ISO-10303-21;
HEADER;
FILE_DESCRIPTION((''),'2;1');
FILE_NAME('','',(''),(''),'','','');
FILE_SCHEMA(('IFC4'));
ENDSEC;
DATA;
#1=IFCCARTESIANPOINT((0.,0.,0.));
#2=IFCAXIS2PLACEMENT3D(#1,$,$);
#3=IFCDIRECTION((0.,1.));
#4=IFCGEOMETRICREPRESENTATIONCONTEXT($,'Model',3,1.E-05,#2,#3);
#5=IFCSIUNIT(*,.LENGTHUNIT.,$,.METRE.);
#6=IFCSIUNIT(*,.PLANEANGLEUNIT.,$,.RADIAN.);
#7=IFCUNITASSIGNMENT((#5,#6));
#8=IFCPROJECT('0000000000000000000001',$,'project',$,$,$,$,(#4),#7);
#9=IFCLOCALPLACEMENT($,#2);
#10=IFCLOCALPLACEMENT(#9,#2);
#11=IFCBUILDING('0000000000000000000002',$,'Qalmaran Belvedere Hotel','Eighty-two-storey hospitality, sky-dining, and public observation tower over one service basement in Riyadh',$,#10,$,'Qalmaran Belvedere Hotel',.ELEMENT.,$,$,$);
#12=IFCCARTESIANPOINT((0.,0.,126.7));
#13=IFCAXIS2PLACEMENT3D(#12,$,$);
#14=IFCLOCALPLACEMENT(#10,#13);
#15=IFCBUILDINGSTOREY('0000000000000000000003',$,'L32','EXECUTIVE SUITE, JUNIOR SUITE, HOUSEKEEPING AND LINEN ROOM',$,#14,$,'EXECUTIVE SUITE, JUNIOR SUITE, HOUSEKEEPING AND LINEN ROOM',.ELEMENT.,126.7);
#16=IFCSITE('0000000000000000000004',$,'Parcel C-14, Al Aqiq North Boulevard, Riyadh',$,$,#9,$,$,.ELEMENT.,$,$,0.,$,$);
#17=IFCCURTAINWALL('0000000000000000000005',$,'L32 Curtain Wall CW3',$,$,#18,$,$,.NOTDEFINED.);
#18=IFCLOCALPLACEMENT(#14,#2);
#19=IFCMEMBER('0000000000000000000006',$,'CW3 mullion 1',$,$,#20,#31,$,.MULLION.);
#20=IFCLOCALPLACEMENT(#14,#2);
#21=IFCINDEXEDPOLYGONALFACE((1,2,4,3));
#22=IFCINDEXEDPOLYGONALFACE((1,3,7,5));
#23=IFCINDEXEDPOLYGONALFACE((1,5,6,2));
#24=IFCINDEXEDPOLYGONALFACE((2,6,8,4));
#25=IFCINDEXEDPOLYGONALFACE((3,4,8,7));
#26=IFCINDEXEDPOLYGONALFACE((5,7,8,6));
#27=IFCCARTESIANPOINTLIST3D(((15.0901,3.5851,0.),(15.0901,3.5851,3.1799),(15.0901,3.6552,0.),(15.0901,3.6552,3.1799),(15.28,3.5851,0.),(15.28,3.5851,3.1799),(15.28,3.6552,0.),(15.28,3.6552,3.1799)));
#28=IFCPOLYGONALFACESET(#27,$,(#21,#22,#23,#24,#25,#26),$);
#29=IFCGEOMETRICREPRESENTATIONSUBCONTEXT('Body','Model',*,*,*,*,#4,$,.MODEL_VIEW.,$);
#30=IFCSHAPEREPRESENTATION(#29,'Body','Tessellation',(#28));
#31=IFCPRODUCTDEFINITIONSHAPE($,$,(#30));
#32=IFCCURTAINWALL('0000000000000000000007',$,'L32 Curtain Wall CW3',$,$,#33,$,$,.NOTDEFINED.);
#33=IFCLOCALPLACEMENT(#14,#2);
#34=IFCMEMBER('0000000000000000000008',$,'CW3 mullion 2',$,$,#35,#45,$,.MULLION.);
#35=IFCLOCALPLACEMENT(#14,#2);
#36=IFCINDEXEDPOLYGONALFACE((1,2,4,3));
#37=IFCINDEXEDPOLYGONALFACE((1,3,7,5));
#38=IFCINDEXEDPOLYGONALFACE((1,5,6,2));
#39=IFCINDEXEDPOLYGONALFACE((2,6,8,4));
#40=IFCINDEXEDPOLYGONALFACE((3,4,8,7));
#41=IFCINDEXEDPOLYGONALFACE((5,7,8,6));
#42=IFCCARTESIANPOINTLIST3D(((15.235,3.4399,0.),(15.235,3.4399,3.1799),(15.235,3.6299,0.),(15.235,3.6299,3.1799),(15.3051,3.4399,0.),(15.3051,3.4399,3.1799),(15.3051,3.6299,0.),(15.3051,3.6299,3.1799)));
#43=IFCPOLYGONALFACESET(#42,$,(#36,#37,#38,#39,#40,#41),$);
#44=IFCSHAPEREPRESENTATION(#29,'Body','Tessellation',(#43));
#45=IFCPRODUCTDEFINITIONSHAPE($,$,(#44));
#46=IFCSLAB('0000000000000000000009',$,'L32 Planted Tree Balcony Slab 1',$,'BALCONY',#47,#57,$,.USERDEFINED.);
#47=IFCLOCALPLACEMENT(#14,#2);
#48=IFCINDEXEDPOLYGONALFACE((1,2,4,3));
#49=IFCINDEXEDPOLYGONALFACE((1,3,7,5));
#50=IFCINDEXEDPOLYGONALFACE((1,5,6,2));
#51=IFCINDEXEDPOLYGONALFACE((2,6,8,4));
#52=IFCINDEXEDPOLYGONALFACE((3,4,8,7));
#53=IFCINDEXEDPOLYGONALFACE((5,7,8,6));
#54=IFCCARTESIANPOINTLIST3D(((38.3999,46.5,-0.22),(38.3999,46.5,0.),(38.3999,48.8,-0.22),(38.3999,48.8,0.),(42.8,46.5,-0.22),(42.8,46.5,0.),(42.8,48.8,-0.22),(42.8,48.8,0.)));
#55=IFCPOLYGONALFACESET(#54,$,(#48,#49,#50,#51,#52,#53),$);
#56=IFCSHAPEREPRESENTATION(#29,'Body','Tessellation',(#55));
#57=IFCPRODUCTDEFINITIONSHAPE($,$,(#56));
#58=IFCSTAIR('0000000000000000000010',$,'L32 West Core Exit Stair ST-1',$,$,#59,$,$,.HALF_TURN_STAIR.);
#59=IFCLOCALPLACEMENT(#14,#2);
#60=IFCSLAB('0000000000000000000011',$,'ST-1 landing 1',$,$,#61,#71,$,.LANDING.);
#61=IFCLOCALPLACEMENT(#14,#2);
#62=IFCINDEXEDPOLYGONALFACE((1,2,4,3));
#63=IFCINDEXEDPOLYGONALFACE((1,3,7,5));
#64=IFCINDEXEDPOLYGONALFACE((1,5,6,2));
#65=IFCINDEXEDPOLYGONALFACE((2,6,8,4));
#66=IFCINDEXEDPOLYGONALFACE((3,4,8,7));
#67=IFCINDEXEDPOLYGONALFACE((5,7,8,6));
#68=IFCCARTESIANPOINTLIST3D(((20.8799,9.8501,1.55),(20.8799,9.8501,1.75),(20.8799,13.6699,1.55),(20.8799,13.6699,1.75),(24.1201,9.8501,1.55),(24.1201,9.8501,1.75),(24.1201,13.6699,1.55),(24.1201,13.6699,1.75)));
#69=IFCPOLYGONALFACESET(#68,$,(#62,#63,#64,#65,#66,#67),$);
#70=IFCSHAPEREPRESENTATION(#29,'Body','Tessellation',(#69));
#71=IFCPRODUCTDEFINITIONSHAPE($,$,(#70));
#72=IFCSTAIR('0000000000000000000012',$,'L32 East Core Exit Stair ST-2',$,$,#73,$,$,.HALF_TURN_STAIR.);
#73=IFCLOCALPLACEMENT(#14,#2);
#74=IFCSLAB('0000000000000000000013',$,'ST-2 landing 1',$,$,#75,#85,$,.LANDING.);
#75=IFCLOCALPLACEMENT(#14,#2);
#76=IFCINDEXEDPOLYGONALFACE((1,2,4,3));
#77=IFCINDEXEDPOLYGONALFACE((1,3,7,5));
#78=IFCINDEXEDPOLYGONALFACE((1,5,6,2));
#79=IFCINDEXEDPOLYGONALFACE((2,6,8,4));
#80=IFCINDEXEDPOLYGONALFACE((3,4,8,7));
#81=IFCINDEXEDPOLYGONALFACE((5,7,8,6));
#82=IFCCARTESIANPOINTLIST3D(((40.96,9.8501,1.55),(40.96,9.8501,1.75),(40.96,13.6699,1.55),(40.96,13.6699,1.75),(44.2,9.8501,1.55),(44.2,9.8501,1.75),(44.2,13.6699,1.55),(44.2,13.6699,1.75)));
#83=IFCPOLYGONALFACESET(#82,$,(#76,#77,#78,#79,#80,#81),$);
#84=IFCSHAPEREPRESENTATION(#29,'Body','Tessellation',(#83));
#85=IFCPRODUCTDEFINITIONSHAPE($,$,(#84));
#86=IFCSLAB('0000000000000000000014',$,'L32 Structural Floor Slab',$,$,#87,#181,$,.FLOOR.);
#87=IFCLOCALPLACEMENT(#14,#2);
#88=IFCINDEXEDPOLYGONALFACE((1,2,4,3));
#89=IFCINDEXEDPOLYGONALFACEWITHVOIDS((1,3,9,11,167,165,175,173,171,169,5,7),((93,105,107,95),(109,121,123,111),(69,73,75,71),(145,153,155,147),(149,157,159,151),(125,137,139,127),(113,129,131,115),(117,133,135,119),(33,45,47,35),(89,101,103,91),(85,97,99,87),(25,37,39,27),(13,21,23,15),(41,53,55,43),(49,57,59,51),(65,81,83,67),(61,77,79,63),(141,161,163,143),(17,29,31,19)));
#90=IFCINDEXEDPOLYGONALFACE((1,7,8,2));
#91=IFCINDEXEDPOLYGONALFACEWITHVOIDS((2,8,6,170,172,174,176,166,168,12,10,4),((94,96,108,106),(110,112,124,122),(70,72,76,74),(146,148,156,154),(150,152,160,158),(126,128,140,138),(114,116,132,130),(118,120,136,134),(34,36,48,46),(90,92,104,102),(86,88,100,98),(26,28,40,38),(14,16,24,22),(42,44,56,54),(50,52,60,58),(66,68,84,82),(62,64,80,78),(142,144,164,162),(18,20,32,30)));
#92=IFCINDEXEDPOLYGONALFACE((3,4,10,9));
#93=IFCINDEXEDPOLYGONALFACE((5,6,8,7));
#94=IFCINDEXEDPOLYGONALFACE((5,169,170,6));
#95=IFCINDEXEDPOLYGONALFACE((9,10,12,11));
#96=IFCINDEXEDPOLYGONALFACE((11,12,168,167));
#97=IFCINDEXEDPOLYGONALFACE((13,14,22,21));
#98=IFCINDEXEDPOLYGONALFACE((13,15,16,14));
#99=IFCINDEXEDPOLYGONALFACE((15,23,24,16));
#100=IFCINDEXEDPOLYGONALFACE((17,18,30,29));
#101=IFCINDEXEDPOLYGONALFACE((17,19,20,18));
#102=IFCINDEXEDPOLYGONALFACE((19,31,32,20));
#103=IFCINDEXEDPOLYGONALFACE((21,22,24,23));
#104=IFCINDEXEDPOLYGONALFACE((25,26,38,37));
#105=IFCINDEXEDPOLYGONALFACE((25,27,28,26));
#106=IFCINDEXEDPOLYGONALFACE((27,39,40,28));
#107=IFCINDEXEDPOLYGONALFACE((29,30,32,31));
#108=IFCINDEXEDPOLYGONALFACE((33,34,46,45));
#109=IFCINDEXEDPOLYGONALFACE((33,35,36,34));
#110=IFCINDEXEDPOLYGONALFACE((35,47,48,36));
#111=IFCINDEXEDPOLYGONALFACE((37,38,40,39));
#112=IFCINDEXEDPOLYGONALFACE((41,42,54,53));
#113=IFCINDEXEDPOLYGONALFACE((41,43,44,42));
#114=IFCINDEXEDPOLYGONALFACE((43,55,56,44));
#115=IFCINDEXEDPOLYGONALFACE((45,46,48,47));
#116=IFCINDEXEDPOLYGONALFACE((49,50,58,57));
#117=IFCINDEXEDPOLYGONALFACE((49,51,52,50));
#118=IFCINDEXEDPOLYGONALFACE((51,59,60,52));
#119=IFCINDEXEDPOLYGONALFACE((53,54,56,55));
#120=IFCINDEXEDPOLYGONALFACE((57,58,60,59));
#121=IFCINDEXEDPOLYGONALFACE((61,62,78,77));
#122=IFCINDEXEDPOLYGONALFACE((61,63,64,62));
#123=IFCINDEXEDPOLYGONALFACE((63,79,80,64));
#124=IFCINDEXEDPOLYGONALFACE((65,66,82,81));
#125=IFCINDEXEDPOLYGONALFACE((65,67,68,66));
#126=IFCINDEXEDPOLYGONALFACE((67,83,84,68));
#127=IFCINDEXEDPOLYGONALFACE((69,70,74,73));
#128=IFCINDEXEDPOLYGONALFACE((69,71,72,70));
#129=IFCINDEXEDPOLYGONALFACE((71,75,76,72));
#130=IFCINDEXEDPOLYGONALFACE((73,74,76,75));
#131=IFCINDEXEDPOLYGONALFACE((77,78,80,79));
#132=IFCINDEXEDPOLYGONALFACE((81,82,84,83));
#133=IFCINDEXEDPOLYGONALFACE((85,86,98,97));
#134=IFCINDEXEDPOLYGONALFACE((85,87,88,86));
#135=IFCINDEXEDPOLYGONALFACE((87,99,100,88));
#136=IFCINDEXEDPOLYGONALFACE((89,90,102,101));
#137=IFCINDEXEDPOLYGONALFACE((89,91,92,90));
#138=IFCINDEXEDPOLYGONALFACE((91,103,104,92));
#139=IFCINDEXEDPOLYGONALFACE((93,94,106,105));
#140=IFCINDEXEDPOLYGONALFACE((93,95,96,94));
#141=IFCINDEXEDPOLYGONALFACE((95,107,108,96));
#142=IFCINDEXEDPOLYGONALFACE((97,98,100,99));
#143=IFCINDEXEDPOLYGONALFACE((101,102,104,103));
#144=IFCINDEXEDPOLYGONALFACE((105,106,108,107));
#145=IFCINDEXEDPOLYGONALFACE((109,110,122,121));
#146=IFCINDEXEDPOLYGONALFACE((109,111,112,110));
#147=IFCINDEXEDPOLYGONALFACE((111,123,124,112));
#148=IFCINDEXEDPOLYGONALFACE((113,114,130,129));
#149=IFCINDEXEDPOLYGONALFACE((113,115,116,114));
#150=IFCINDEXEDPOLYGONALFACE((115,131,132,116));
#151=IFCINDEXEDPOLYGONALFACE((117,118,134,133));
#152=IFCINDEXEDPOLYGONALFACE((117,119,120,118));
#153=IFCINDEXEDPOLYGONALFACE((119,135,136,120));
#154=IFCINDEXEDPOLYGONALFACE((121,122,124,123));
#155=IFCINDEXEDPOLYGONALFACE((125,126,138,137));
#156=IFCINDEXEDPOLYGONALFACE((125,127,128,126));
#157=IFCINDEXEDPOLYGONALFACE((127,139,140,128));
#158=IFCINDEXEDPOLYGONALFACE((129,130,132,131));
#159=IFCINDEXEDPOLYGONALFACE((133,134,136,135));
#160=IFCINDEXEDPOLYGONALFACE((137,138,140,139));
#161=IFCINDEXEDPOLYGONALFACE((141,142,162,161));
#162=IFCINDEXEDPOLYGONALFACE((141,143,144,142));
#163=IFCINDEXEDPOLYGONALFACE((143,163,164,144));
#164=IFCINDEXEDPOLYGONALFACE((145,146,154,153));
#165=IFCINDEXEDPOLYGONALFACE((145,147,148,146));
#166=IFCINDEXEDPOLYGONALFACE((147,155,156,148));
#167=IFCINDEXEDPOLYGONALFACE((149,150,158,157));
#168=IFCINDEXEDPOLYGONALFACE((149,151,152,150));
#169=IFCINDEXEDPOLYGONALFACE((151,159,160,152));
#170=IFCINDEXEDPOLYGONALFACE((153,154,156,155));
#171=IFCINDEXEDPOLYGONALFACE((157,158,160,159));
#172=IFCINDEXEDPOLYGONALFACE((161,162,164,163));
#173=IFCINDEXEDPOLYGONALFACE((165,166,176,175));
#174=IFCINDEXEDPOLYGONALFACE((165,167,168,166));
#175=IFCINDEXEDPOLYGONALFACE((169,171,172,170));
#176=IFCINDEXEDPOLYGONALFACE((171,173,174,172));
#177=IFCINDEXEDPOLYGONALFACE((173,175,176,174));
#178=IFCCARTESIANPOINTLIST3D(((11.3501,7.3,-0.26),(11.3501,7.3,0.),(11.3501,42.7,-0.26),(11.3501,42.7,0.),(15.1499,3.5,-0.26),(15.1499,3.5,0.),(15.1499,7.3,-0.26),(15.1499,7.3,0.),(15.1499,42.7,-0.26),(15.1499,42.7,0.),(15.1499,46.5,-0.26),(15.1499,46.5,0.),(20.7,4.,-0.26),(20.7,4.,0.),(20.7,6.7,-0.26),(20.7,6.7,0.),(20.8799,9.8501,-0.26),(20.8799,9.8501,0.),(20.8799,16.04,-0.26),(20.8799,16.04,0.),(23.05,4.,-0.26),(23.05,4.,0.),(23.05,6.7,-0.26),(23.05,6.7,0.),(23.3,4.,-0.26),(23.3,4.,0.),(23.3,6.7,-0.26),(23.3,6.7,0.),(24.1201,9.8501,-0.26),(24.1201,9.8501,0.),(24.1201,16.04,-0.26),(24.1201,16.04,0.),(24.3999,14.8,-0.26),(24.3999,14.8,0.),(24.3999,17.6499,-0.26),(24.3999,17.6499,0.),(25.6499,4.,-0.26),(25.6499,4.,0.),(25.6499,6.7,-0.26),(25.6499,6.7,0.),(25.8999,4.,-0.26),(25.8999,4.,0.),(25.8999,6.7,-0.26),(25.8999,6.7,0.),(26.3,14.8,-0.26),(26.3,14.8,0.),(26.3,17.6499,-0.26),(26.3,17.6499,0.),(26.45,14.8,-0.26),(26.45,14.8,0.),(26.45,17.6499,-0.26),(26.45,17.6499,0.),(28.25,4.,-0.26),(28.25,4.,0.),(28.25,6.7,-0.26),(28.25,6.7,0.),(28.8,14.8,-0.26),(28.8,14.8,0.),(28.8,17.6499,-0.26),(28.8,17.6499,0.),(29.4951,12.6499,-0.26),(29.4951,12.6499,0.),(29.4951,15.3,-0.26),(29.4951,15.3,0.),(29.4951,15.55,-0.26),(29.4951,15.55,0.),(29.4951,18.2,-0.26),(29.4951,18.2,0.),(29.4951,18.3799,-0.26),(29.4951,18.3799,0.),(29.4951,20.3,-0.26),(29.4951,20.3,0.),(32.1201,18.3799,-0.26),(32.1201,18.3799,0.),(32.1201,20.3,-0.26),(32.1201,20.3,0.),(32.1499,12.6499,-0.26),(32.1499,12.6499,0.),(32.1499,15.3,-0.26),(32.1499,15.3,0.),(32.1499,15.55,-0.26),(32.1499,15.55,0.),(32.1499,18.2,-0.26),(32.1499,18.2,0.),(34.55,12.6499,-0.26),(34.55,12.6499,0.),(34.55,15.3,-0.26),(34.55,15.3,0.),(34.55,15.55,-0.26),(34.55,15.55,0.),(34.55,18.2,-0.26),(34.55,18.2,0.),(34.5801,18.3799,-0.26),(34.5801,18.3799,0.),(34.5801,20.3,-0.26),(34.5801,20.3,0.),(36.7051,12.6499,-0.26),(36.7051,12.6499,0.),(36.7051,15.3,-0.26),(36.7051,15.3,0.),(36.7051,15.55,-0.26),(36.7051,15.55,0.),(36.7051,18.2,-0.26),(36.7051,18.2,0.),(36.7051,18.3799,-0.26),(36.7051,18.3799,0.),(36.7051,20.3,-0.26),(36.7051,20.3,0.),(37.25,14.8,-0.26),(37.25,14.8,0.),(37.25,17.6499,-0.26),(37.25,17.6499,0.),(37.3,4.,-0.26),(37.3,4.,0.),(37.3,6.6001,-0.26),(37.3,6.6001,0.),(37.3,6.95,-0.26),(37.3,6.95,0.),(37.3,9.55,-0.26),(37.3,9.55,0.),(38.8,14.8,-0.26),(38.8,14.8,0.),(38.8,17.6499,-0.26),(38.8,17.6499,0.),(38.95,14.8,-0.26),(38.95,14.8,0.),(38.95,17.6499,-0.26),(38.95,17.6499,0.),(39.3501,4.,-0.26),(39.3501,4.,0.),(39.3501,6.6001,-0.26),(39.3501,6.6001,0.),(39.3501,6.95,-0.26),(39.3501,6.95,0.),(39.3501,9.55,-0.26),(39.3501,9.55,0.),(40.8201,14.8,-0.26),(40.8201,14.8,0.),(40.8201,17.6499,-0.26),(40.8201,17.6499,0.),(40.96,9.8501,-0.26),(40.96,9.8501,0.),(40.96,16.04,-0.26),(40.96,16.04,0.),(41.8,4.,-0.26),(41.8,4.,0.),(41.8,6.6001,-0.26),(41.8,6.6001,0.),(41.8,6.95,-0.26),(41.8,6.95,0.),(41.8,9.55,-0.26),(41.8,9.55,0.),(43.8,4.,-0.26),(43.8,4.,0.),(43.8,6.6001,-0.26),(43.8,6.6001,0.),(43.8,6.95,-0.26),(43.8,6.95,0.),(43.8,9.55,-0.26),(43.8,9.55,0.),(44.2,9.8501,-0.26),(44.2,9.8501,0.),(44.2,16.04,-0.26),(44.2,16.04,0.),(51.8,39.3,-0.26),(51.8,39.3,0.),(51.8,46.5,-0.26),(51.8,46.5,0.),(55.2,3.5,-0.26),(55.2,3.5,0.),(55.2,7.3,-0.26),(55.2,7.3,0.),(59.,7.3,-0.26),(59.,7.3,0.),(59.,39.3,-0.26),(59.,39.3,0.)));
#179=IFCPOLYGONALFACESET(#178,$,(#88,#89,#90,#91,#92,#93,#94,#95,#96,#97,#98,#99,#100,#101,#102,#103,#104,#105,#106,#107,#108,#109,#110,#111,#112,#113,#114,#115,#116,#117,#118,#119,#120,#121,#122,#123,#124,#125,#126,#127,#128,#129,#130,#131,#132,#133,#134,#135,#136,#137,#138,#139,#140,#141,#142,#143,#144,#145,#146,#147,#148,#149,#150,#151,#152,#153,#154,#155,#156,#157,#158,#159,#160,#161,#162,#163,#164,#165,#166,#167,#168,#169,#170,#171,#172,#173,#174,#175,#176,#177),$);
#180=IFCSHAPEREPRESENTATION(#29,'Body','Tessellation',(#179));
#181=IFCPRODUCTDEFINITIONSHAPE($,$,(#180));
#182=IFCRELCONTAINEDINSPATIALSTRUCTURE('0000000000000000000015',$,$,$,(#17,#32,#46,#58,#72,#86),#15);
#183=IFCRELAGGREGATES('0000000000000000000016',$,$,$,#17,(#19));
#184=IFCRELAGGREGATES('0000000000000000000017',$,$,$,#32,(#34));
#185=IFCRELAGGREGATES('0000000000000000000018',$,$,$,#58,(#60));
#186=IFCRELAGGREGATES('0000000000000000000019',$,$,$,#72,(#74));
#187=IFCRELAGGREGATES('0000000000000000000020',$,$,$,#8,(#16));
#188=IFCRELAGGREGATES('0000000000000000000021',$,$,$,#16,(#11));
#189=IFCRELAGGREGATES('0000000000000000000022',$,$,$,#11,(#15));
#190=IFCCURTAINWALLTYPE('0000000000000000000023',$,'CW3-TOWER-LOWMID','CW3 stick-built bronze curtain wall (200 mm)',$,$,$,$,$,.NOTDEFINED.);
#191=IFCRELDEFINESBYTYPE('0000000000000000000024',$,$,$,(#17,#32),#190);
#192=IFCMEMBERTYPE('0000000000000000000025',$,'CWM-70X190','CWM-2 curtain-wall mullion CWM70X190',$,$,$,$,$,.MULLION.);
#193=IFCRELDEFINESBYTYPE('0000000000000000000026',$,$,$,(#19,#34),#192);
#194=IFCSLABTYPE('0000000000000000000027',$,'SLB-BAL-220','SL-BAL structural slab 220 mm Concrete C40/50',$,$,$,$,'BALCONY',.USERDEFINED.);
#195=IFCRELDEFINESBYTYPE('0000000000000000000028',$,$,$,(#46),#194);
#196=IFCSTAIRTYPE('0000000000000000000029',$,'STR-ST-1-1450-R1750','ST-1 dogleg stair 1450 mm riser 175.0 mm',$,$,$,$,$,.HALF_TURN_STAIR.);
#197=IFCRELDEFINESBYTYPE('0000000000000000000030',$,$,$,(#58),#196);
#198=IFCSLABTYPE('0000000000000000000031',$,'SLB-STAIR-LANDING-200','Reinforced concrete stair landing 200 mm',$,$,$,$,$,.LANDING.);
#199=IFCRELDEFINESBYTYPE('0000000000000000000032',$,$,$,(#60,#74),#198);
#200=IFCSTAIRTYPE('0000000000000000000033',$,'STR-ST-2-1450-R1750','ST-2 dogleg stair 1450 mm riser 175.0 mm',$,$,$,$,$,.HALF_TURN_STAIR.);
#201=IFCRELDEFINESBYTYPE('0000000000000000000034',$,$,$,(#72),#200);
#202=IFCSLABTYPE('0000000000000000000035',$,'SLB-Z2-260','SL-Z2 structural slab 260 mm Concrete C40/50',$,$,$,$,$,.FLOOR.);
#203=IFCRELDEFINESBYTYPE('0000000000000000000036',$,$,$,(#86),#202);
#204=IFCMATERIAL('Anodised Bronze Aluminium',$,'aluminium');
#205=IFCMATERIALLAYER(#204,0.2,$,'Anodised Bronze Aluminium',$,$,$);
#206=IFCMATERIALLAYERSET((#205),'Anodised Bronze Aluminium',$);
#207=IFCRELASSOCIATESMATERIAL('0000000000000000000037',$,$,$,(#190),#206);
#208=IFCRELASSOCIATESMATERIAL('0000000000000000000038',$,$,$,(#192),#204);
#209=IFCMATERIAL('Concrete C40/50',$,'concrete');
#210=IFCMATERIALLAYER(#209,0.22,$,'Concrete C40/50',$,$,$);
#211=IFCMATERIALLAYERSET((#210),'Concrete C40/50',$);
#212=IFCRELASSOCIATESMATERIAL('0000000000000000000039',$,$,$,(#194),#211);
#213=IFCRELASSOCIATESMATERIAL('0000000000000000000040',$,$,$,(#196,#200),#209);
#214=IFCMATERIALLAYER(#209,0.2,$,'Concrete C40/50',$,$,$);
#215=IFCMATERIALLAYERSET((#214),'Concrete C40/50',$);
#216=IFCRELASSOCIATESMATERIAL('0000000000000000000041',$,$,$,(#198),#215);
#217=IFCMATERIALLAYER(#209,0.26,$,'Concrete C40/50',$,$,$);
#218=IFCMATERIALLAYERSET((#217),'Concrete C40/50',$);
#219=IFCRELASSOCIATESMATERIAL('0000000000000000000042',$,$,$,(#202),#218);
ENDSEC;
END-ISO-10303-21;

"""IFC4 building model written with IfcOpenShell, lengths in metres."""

from ifc_helpers import new_model, si_unit, direction, frame, origin, origin_2d, place, context, subcontext, project, spatial, polyline, rectangle, outline, extrude, material, layer, layer_set, material_profile, profile_set, type_object, element, aggregate, save


model = new_model("IFC4")

# Units and contexts
model_context = context("Model", 3, precision=1e-05, world=origin(), true_north=direction((0.0, 1.0)))
body_context = subcontext(model_context, "Body", "Model", "MODEL_VIEW")
ifc_project = project(units=[si_unit("LENGTHUNIT", "METRE"), si_unit("PLANEANGLEUNIT", "RADIAN")], contexts=[model_context])

# Site, building, storey
site_placement = place(None, origin())
site = spatial("IfcSite", under=ifc_project, at=site_placement, Name="Parcel C-14, Al Aqiq North Boulevard, Riyadh", CompositionType="ELEMENT", RefElevation=0.0)
building_placement = place(site_placement, origin())
building = spatial("IfcBuilding", under=site, at=building_placement, Name="Qalmaran Belvedere Hotel", Description="Eighty-two-storey hospitality, sky-dining, and public observation tower over one service basement in Riyadh", LongName="Qalmaran Belvedere Hotel", CompositionType="ELEMENT")
storey_placement = place(building_placement, frame((0.0, 0.0, 126.7)))
storey = spatial("IfcBuildingStorey", under=building, at=storey_placement, Name="L32", Description="EXECUTIVE SUITE, JUNIOR SUITE, HOUSEKEEPING AND LINEN ROOM", LongName="EXECUTIVE SUITE, JUNIOR SUITE, HOUSEKEEPING AND LINEN ROOM", CompositionType="ELEMENT", Elevation=126.7)

# Curtain walls, members
ifc_material_1 = material(Name="Anodised Bronze Aluminium", Category="aluminium")
ifc_layer_1 = layer(ifc_material_1, 0.2, Name="Anodised Bronze Aluminium")
ifc_layer_set_1 = layer_set([ifc_layer_1], Name="Anodised Bronze Aluminium")
curtain_wall_type = type_object("IfcCurtainWallType", Name="CW3-TOWER-LOWMID", Description="CW3 stick-built bronze curtain wall (200 mm)", PredefinedType="NOTDEFINED", material=ifc_layer_set_1)
curtain_wall_1_placement = place(storey_placement, origin())
curtain_wall_1 = element("IfcCurtainWall", 1, at=curtain_wall_1_placement, inside=storey, type_object=curtain_wall_type, Name="L32 Curtain Wall CW3", PredefinedType="NOTDEFINED")
ifc_material_profile = material_profile(ifc_material_1, rectangle(XDim=0.0701, YDim=0.1899, at=origin_2d()), Name="CWM70X190")
ifc_profile_set = profile_set([ifc_material_profile], Name="Anodised Bronze Aluminium")
member_type = type_object("IfcMemberType", Name="CWM-70X190", Description="CWM-2 curtain-wall mullion CWM70X190", PredefinedType="MULLION", material=ifc_profile_set)
member_1_placement = place(storey_placement, frame((15.1851, 3.6201, 0.0), z_axis=(0.0, 0.0, 1.0), x_axis=(0.0, 1.0, 0.0)))
member_1 = element("IfcMember", 2, at=member_1_placement, type_object=member_type, Name="CW3 mullion 1", PredefinedType="MULLION", context=body_context, shape_type="SweptSolid", body=[
    extrude(rectangle(XDim=0.0701, YDim=0.1899, at=origin_2d()), origin(), (0.0, 0.0, 1.0), 3.1799),
])
aggregate(curtain_wall_1, [member_1])
curtain_wall_2_placement = place(storey_placement, origin())
curtain_wall_2 = element("IfcCurtainWall", 3, at=curtain_wall_2_placement, inside=storey, type_object=curtain_wall_type, Name="L32 Curtain Wall CW3", PredefinedType="NOTDEFINED")
member_2_placement = place(storey_placement, frame((15.27, 3.5349, 0.0), z_axis=(0.0, 0.0, 1.0), x_axis=(1.0, 0.0, 0.0)))
member_2 = element("IfcMember", 4, at=member_2_placement, type_object=member_type, Name="CW3 mullion 2", PredefinedType="MULLION", context=body_context, shape_type="SweptSolid", body=[
    extrude(rectangle(XDim=0.0701, YDim=0.1899, at=origin_2d()), origin(), (0.0, 0.0, 1.0), 3.1799),
])
aggregate(curtain_wall_2, [member_2])

# Slab
ifc_material_2 = material(Name="Concrete C40/50", Category="concrete")
ifc_layer_2 = layer(ifc_material_2, 0.22, Name="Concrete C40/50")
ifc_layer_set_2 = layer_set([ifc_layer_2], Name="Concrete C40/50")
slab_type_1 = type_object("IfcSlabType", Name="SLB-BAL-220", Description="SL-BAL structural slab 220 mm Concrete C40/50", ElementType="BALCONY", PredefinedType="USERDEFINED", material=ifc_layer_set_2)
slab_1_placement = place(storey_placement, frame((0.0, 0.0, -0.22)))
element("IfcSlab", 5, at=slab_1_placement, inside=storey, type_object=slab_type_1, Name="L32 Planted Tree Balcony Slab 1", ObjectType="BALCONY", PredefinedType="USERDEFINED", context=body_context, shape_type="SweptSolid", body=[
    extrude(outline(polyline([(38.3999, 46.5), (42.8, 46.5), (42.8, 48.8), (38.3999, 48.8), (38.3999, 46.5)])), origin(), (0.0, 0.0, 1.0), 0.22),
])

# Stairs, slabs
stair_type_1 = type_object("IfcStairType", Name="STR-ST-1-1450-R1750", Description="ST-1 dogleg stair 1450 mm riser 175.0 mm", PredefinedType="HALF_TURN_STAIR", material=ifc_material_2)
stair_1_placement = place(storey_placement, origin())
stair_1 = element("IfcStair", 6, at=stair_1_placement, inside=storey, type_object=stair_type_1, Name="L32 West Core Exit Stair ST-1", PredefinedType="HALF_TURN_STAIR")
ifc_layer_3 = layer(ifc_material_2, 0.2, Name="Concrete C40/50")
ifc_layer_set_3 = layer_set([ifc_layer_3], Name="Concrete C40/50")
slab_type_2 = type_object("IfcSlabType", Name="SLB-STAIR-LANDING-200", Description="Reinforced concrete stair landing 200 mm", PredefinedType="LANDING", material=ifc_layer_set_3)
slab_2_placement = place(storey_placement, frame((0.0, 0.0, 1.55)))
slab_2 = element("IfcSlab", 7, at=slab_2_placement, type_object=slab_type_2, Name="ST-1 landing 1", PredefinedType="LANDING", context=body_context, shape_type="SweptSolid", body=[
    extrude(outline(polyline([(20.8799, 13.6699), (20.8799, 9.8501), (24.1201, 9.8501), (24.1201, 13.6699), (20.8799, 13.6699)])), origin(), (0.0, 0.0, 1.0), 0.2),
])
aggregate(stair_1, [slab_2])
stair_type_2 = type_object("IfcStairType", Name="STR-ST-2-1450-R1750", Description="ST-2 dogleg stair 1450 mm riser 175.0 mm", PredefinedType="HALF_TURN_STAIR", material=ifc_material_2)
stair_2_placement = place(storey_placement, origin())
stair_2 = element("IfcStair", 8, at=stair_2_placement, inside=storey, type_object=stair_type_2, Name="L32 East Core Exit Stair ST-2", PredefinedType="HALF_TURN_STAIR")
slab_3_placement = place(storey_placement, frame((0.0, 0.0, 1.55)))
slab_3 = element("IfcSlab", 9, at=slab_3_placement, type_object=slab_type_2, Name="ST-2 landing 1", PredefinedType="LANDING", context=body_context, shape_type="SweptSolid", body=[
    extrude(outline(polyline([(40.96, 13.6699), (40.96, 9.8501), (44.2, 9.8501), (44.2, 13.6699), (40.96, 13.6699)])), origin(), (0.0, 0.0, 1.0), 0.2),
])
aggregate(stair_2, [slab_3])

# Slab
ifc_layer_4 = layer(ifc_material_2, 0.26, Name="Concrete C40/50")
ifc_layer_set_4 = layer_set([ifc_layer_4], Name="Concrete C40/50")
slab_type_3 = type_object("IfcSlabType", Name="SLB-Z2-260", Description="SL-Z2 structural slab 260 mm Concrete C40/50", PredefinedType="FLOOR", material=ifc_layer_set_4)
slab_4_placement = place(storey_placement, frame((0.0, 0.0, -0.26)))
element("IfcSlab", 10, at=slab_4_placement, inside=storey, type_object=slab_type_3, Name="L32 Structural Floor Slab", PredefinedType="FLOOR", context=body_context, shape_type="SweptSolid", body=[
    extrude(outline(polyline([(15.1499, 3.5), (55.2, 3.5), (55.2, 7.3), (59.0, 7.3), (59.0, 39.3), (51.8, 39.3), (51.8, 46.5), (15.1499, 46.5), (15.1499, 42.7), (11.3501, 42.7), (11.3501, 7.3), (15.1499, 7.3), (15.1499, 3.5)]), holes=[polyline([(20.8799, 9.8501), (24.1201, 9.8501), (24.1201, 16.04), (20.8799, 16.04), (20.8799, 9.8501)]), polyline([(40.96, 9.8501), (44.2, 9.8501), (44.2, 16.04), (40.96, 16.04), (40.96, 9.8501)]), polyline([(29.4951, 12.6499), (32.1499, 12.6499), (32.1499, 15.3), (29.4951, 15.3), (29.4951, 12.6499)]), polyline([(29.4951, 15.55), (32.1499, 15.55), (32.1499, 18.2), (29.4951, 18.2), (29.4951, 15.55)]), polyline([(34.55, 12.6499), (36.7051, 12.6499), (36.7051, 15.3), (34.55, 15.3), (34.55, 12.6499)]), polyline([(34.55, 15.55), (36.7051, 15.55), (36.7051, 18.2), (34.55, 18.2), (34.55, 15.55)]), polyline([(37.3, 4.0), (39.3501, 4.0), (39.3501, 6.6001), (37.3, 6.6001), (37.3, 4.0)]), polyline([(37.3, 6.95), (39.3501, 6.95), (39.3501, 9.55), (37.3, 9.55), (37.3, 6.95)]), polyline([(41.8, 4.0), (43.8, 4.0), (43.8, 6.6001), (41.8, 6.6001), (41.8, 4.0)]), polyline([(41.8, 6.95), (43.8, 6.95), (43.8, 9.55), (41.8, 9.55), (41.8, 6.95)]), polyline([(20.7, 4.0), (23.05, 4.0), (23.05, 6.7), (20.7, 6.7), (20.7, 4.0)]), polyline([(23.3, 4.0), (25.6499, 4.0), (25.6499, 6.7), (23.3, 6.7), (23.3, 4.0)]), polyline([(25.8999, 4.0), (28.25, 4.0), (28.25, 6.7), (25.8999, 6.7), (25.8999, 4.0)]), polyline([(24.3999, 14.8), (26.3, 14.8), (26.3, 17.6499), (24.3999, 17.6499), (24.3999, 14.8)]), polyline([(38.95, 14.8), (40.8201, 14.8), (40.8201, 17.6499), (38.95, 17.6499), (38.95, 14.8)]), polyline([(26.45, 14.8), (28.8, 14.8), (28.8, 17.6499), (26.45, 17.6499), (26.45, 14.8)]), polyline([(37.25, 14.8), (38.8, 14.8), (38.8, 17.6499), (37.25, 17.6499), (37.25, 14.8)]), polyline([(29.4951, 18.3799), (32.1201, 18.3799), (32.1201, 20.3), (29.4951, 20.3), (29.4951, 18.3799)]), polyline([(34.5801, 18.3799), (36.7051, 18.3799), (36.7051, 20.3), (34.5801, 20.3), (34.5801, 18.3799)])]), origin(), (0.0, 0.0, 1.0), 0.26),
])

save(model, "model.ifc")
